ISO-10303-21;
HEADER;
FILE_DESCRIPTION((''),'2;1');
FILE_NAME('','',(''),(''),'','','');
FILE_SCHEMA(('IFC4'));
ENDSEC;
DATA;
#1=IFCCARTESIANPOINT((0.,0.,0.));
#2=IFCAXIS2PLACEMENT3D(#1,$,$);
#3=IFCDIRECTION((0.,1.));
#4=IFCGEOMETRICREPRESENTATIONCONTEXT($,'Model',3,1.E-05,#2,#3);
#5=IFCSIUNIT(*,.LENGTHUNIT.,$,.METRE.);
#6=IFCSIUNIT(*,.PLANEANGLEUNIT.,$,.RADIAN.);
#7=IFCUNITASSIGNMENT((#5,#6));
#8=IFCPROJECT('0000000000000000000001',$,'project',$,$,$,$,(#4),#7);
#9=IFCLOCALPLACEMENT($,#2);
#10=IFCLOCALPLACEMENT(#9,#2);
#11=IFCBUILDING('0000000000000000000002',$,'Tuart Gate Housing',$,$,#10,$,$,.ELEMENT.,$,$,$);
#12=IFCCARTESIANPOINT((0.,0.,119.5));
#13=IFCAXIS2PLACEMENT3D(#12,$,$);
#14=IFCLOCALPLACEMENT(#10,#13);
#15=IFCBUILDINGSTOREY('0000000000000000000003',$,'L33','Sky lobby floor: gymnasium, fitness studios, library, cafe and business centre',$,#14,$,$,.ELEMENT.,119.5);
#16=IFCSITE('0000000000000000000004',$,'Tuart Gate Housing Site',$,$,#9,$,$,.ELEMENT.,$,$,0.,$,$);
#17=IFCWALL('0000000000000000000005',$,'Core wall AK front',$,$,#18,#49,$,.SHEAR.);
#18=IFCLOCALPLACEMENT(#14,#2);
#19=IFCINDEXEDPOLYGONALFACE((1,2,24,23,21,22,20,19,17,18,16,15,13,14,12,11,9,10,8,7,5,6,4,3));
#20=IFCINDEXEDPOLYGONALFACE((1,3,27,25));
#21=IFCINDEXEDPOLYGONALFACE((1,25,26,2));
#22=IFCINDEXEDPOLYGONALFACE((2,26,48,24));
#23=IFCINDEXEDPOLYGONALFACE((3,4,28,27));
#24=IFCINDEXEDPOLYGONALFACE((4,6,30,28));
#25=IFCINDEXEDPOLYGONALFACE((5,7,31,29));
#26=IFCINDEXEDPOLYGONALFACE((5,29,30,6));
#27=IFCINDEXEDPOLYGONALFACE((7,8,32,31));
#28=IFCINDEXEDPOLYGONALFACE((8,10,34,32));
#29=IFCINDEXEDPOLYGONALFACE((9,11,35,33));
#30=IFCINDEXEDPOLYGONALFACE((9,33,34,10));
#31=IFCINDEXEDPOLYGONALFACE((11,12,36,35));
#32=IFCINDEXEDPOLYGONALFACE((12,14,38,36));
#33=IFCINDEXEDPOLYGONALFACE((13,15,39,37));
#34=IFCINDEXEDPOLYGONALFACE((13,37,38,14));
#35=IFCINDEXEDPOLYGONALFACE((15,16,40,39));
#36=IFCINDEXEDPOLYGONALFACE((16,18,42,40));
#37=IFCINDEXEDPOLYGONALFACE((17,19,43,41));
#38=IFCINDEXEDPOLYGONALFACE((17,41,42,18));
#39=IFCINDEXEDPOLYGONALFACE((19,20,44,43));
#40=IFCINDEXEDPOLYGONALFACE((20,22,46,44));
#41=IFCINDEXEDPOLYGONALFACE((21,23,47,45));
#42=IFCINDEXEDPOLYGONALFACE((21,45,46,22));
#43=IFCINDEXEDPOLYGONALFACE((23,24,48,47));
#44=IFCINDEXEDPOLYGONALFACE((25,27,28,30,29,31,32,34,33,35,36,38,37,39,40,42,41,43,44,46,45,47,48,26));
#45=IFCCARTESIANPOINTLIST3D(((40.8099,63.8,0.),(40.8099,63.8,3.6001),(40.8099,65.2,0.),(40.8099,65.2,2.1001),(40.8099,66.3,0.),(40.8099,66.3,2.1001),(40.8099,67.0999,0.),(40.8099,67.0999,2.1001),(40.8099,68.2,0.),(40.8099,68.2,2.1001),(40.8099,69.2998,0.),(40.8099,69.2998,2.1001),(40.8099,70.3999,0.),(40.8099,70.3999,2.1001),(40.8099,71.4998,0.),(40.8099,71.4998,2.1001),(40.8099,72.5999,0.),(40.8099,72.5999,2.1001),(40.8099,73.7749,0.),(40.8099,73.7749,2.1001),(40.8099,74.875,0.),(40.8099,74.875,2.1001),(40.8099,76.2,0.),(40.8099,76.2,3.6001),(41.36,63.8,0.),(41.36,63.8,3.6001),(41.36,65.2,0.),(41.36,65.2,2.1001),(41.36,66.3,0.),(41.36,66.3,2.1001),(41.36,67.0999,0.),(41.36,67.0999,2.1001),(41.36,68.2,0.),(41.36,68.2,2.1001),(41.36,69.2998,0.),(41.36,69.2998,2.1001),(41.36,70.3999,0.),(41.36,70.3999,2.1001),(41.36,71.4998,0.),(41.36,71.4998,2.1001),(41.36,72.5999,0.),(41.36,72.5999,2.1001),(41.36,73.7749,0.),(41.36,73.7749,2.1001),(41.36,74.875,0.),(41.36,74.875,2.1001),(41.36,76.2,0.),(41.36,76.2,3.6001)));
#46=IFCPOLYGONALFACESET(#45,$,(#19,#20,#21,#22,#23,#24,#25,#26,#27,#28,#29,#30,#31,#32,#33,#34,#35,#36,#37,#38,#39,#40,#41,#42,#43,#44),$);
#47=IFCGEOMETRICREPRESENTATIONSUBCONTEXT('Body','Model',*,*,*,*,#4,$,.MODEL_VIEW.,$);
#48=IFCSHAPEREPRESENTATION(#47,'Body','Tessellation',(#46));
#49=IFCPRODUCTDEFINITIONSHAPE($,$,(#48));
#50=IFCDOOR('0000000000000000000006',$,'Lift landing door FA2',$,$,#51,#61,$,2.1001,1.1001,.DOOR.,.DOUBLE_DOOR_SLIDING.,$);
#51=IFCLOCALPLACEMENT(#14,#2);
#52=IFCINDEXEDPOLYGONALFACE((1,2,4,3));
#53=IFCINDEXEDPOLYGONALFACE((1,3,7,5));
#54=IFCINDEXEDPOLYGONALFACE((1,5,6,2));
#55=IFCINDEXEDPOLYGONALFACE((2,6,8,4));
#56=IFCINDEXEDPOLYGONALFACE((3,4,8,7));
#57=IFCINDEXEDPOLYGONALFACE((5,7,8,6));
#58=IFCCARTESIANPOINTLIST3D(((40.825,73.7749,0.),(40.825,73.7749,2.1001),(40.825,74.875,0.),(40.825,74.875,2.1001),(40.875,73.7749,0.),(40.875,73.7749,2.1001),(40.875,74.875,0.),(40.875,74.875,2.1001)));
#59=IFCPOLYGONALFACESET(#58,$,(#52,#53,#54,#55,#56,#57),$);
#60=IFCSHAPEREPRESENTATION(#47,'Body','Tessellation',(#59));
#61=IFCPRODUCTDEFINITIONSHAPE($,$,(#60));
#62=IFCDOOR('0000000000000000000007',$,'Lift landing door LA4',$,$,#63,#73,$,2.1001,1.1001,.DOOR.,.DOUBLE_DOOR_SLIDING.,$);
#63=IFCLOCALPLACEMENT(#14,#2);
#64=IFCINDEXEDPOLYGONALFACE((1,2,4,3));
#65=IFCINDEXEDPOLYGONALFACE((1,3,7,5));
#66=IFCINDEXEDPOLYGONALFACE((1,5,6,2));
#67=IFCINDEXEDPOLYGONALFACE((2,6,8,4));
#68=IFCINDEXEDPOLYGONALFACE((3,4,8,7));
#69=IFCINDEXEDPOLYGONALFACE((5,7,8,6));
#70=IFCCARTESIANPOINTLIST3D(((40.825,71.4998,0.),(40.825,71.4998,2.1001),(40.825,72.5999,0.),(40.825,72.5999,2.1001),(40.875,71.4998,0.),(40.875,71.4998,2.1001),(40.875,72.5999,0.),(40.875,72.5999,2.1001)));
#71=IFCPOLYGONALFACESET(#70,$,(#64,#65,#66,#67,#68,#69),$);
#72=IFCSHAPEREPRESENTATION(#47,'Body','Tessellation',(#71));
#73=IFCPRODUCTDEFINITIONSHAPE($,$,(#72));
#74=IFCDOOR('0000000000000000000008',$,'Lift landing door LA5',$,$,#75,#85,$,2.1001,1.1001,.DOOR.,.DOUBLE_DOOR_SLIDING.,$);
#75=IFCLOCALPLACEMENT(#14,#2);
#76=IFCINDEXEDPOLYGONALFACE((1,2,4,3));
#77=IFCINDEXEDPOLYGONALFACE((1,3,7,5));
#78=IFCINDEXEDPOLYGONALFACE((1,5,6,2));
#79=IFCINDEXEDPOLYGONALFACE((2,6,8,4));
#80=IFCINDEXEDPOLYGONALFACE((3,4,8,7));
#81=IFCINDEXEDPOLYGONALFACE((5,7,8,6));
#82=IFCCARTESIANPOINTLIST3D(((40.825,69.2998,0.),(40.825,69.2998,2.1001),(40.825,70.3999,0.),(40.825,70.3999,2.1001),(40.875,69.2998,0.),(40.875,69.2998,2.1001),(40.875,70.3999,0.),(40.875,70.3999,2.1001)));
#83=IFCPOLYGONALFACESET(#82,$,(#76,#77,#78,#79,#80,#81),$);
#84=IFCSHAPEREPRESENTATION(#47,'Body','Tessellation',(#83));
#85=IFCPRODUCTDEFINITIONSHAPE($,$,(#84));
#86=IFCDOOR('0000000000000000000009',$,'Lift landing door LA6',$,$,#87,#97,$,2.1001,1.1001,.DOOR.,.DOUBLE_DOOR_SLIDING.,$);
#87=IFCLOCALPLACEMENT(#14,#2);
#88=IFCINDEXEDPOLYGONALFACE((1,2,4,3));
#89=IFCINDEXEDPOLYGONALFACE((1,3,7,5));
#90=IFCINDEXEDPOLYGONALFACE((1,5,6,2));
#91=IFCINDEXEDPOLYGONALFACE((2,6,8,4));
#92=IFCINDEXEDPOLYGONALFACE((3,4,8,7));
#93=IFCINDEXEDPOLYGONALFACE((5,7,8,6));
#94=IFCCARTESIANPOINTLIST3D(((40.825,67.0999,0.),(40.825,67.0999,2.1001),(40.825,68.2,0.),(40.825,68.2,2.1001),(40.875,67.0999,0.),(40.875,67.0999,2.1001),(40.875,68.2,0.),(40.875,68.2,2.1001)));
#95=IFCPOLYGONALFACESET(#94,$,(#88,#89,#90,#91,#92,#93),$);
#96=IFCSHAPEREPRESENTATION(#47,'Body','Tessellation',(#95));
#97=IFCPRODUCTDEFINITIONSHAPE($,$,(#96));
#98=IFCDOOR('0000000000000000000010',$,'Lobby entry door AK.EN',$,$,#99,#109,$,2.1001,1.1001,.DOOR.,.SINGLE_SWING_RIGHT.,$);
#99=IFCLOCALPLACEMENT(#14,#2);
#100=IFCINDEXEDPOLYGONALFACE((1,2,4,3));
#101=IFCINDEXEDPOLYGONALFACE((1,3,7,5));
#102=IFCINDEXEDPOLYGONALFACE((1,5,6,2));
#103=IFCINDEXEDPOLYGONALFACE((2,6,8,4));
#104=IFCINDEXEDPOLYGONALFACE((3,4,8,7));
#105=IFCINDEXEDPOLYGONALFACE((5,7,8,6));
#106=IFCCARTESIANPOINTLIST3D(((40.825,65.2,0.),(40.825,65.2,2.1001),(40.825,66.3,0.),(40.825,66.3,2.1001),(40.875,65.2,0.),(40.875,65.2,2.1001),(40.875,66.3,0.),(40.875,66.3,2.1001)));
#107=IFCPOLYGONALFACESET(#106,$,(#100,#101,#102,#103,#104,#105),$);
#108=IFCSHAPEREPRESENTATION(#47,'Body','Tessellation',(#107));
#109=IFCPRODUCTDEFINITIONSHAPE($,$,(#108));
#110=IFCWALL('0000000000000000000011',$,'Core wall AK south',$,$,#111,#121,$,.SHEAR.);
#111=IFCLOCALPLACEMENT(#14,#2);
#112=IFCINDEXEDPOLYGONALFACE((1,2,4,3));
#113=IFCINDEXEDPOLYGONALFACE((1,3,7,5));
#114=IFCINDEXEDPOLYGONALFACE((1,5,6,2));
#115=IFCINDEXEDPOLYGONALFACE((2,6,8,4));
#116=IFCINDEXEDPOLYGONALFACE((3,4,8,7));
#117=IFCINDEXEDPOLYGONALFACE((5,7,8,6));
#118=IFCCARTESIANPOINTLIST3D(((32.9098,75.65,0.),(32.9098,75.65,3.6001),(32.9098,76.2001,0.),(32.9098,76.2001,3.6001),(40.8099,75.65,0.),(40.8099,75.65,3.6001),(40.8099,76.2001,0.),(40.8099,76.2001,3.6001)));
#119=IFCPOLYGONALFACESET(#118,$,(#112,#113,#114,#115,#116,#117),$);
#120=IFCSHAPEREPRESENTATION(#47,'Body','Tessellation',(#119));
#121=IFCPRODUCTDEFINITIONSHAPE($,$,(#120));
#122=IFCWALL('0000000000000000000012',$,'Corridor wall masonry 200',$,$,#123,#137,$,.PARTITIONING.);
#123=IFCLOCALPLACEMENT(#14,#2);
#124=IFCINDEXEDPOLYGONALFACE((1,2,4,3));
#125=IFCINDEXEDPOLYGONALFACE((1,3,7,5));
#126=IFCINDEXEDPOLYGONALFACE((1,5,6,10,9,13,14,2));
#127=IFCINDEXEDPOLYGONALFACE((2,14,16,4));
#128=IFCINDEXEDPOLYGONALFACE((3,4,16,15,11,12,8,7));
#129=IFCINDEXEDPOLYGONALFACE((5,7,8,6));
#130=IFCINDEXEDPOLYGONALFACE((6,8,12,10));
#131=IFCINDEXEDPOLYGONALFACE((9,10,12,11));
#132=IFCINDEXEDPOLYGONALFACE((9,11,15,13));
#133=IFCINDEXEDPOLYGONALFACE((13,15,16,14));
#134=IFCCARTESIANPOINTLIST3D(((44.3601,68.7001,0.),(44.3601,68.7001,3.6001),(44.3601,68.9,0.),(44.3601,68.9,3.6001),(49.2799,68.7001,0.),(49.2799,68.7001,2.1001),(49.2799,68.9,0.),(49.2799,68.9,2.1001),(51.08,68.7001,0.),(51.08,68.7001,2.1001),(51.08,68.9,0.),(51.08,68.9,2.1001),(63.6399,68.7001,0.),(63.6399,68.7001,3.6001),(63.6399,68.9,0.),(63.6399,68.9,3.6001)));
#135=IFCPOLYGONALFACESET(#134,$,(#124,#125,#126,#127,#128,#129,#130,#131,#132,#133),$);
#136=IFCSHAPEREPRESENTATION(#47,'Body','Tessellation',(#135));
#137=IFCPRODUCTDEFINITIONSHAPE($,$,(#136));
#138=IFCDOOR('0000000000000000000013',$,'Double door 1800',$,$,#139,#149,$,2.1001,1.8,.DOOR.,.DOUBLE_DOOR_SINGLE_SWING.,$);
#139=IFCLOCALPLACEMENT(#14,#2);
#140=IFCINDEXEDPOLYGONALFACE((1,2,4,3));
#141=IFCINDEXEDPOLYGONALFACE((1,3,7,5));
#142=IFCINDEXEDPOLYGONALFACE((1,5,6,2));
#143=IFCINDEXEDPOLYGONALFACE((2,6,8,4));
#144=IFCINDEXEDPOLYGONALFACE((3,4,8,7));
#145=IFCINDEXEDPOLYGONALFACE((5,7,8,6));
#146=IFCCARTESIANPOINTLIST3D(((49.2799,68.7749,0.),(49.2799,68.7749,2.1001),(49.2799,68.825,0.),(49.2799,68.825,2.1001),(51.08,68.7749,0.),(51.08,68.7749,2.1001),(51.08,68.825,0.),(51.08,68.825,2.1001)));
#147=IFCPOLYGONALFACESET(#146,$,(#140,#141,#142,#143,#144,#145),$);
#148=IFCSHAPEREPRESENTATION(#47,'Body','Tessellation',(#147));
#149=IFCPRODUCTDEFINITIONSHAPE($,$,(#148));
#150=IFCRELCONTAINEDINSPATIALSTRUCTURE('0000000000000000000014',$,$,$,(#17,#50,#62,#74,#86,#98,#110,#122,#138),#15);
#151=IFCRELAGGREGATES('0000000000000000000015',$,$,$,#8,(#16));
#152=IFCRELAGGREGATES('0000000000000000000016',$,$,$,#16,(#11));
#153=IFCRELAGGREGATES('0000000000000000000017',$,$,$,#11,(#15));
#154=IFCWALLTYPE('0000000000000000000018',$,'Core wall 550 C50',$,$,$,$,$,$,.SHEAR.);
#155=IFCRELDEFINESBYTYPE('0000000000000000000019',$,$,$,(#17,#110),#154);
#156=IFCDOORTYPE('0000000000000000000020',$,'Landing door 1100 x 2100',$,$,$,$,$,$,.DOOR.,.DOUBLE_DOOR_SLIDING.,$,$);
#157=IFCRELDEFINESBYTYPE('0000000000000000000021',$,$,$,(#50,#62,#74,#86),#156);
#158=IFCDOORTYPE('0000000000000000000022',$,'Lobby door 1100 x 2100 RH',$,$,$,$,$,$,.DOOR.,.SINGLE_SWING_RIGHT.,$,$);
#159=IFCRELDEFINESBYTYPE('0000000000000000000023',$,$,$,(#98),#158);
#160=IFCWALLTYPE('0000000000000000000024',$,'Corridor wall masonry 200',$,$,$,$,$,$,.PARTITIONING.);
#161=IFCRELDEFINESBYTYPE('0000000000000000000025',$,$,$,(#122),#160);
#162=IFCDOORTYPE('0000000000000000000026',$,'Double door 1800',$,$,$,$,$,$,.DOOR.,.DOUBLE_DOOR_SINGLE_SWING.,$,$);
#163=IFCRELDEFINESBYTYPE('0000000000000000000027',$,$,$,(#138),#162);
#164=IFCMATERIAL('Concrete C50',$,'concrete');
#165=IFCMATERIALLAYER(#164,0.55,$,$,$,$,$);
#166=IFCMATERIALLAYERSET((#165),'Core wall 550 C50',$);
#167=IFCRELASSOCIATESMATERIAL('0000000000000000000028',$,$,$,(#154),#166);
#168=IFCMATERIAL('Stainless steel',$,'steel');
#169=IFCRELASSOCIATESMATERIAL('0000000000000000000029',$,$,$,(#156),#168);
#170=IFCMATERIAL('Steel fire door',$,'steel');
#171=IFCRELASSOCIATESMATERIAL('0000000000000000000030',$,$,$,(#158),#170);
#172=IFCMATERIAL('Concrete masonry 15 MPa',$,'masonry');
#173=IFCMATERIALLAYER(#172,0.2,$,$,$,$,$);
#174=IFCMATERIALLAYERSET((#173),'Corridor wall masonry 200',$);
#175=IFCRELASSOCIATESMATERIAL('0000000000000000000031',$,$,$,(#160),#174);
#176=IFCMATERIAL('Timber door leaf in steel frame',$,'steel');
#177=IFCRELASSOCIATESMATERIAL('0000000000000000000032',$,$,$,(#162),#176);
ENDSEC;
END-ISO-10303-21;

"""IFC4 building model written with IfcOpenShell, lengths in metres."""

from ifc_helpers import new_model, si_unit, direction, frame, frame_2d, origin, place, context, subcontext, project, spatial, rectangle, extrude, material, layer, layer_set, type_object, element, fill, save


model = new_model("IFC4")

# Units and contexts
model_context = context("Model", 3, precision=1e-05, world=origin(), true_north=direction((0.0, 1.0)))
body_context = subcontext(model_context, "Body", "Model", "MODEL_VIEW")
ifc_project = project(units=[si_unit("LENGTHUNIT", "METRE"), si_unit("PLANEANGLEUNIT", "RADIAN")], contexts=[model_context])

# Site, building, storey
site_placement = place(None, origin())
site = spatial("IfcSite", under=ifc_project, at=site_placement, Name="Tuart Gate Housing Site", CompositionType="ELEMENT", RefElevation=0.0)
building_placement = place(site_placement, origin())
building = spatial("IfcBuilding", under=site, at=building_placement, Name="Tuart Gate Housing", CompositionType="ELEMENT")
storey_placement = place(building_placement, frame((0.0, 0.0, 119.5)))
storey = spatial("IfcBuildingStorey", under=building, at=storey_placement, Name="L33", Description="Sky lobby floor: gymnasium, fitness studios, library, cafe and business centre", CompositionType="ELEMENT", Elevation=119.5)

# Wall, openings, doors
ifc_material_1 = material(Name="Concrete C50", Category="concrete")
ifc_layer_1 = layer(ifc_material_1, 0.55)
ifc_layer_set_1 = layer_set([ifc_layer_1], Name="Core wall 550 C50")
wall_type_1 = type_object("IfcWallType", Name="Core wall 550 C50", PredefinedType="SHEAR", material=ifc_layer_set_1)
wall_1_placement = place(storey_placement, frame((41.085, 76.2, 0.0), z_axis=(0.0, 0.0, 1.0), x_axis=(0.0, -1.0, 0.0)))
wall_1 = element("IfcWall", 1, at=wall_1_placement, inside=storey, type_object=wall_type_1, Name="Core wall AK front", PredefinedType="SHEAR", context=body_context, shape_type="SweptSolid", body=[
    extrude(rectangle(XDim=12.3999, YDim=0.55, at=frame_2d((6.2, 0.0))), origin(), (0.0, 0.0, 1.0), 3.6001),
])
opening_1_placement = place(wall_1_placement, frame((1.325, 0.0, 0.0)))
opening_1 = element("IfcOpeningElement", 2, at=opening_1_placement, cuts=wall_1, PredefinedType="OPENING", context=body_context, shape_type="SweptSolid", body=[
    extrude(rectangle(XDim=1.1001, YDim=2.1001, at=frame_2d((0.55, 1.05))), frame((0.0, 0.2849, 0.0), z_axis=(0.0, -1.0, 0.0), x_axis=(1.0, 0.0, 0.0)), (0.0, 0.0, 1.0), 0.5701),
])
opening_2_placement = place(wall_1_placement, frame((3.6001, 0.0, 0.0)))
opening_2 = element("IfcOpeningElement", 3, at=opening_2_placement, cuts=wall_1, PredefinedType="OPENING", context=body_context, shape_type="SweptSolid", body=[
    extrude(rectangle(XDim=1.1001, YDim=2.1001, at=frame_2d((0.55, 1.05))), frame((0.0, 0.2849, 0.0), z_axis=(0.0, -1.0, 0.0), x_axis=(1.0, 0.0, 0.0)), (0.0, 0.0, 1.0), 0.5701),
])
opening_3_placement = place(wall_1_placement, frame((5.8, 0.0, 0.0)))
opening_3 = element("IfcOpeningElement", 4, at=opening_3_placement, cuts=wall_1, PredefinedType="OPENING", context=body_context, shape_type="SweptSolid", body=[
    extrude(rectangle(XDim=1.1001, YDim=2.1001, at=frame_2d((0.55, 1.05))), frame((0.0, 0.2849, 0.0), z_axis=(0.0, -1.0, 0.0), x_axis=(1.0, 0.0, 0.0)), (0.0, 0.0, 1.0), 0.5701),
])
opening_4_placement = place(wall_1_placement, frame((8.0, 0.0, 0.0)))
opening_4 = element("IfcOpeningElement", 5, at=opening_4_placement, cuts=wall_1, PredefinedType="OPENING", context=body_context, shape_type="SweptSolid", body=[
    extrude(rectangle(XDim=1.1001, YDim=2.1001, at=frame_2d((0.55, 1.05))), frame((0.0, 0.2849, 0.0), z_axis=(0.0, -1.0, 0.0), x_axis=(1.0, 0.0, 0.0)), (0.0, 0.0, 1.0), 0.5701),
])
opening_5_placement = place(wall_1_placement, frame((9.8999, 0.0, 0.0)))
opening_5 = element("IfcOpeningElement", 6, at=opening_5_placement, cuts=wall_1, PredefinedType="OPENING", context=body_context, shape_type="SweptSolid", body=[
    extrude(rectangle(XDim=1.1001, YDim=2.1001, at=frame_2d((0.55, 1.05))), frame((0.0, 0.2849, 0.0), z_axis=(0.0, -1.0, 0.0), x_axis=(1.0, 0.0, 0.0)), (0.0, 0.0, 1.0), 0.5701),
])
ifc_material_2 = material(Name="Stainless steel", Category="steel")
door_type_1 = type_object("IfcDoorType", Name="Landing door 1100 x 2100", OperationType="DOUBLE_DOOR_SLIDING", PredefinedType="DOOR", material=ifc_material_2)
door_1_placement = place(opening_1_placement, origin())
door_1 = element("IfcDoor", 7, at=door_1_placement, inside=storey, type_object=door_type_1, Name="Lift landing door FA2", OperationType="DOUBLE_DOOR_SLIDING", OverallHeight=2.1001, OverallWidth=1.1001, PredefinedType="DOOR", context=body_context, shape_type="SweptSolid", body=[
    extrude(rectangle(XDim=1.1001, YDim=2.1001, at=frame_2d((0.55, 1.05))), frame((0.0, -0.21, 0.0), z_axis=(0.0, -1.0, 0.0), x_axis=(1.0, 0.0, 0.0)), (0.0, 0.0, 1.0), 0.05),
])
fill(opening_1, door_1)
door_2_placement = place(opening_2_placement, origin())
door_2 = element("IfcDoor", 8, at=door_2_placement, inside=storey, type_object=door_type_1, Name="Lift landing door LA4", OperationType="DOUBLE_DOOR_SLIDING", OverallHeight=2.1001, OverallWidth=1.1001, PredefinedType="DOOR", context=body_context, shape_type="SweptSolid", body=[
    extrude(rectangle(XDim=1.1001, YDim=2.1001, at=frame_2d((0.55, 1.05))), frame((0.0, -0.21, 0.0), z_axis=(0.0, -1.0, 0.0), x_axis=(1.0, 0.0, 0.0)), (0.0, 0.0, 1.0), 0.05),
])
fill(opening_2, door_2)
door_3_placement = place(opening_3_placement, origin())
door_3 = element("IfcDoor", 9, at=door_3_placement, inside=storey, type_object=door_type_1, Name="Lift landing door LA5", OperationType="DOUBLE_DOOR_SLIDING", OverallHeight=2.1001, OverallWidth=1.1001, PredefinedType="DOOR", context=body_context, shape_type="SweptSolid", body=[
    extrude(rectangle(XDim=1.1001, YDim=2.1001, at=frame_2d((0.55, 1.05))), frame((0.0, -0.21, 0.0), z_axis=(0.0, -1.0, 0.0), x_axis=(1.0, 0.0, 0.0)), (0.0, 0.0, 1.0), 0.05),
])
fill(opening_3, door_3)
door_4_placement = place(opening_4_placement, origin())
door_4 = element("IfcDoor", 10, at=door_4_placement, inside=storey, type_object=door_type_1, Name="Lift landing door LA6", OperationType="DOUBLE_DOOR_SLIDING", OverallHeight=2.1001, OverallWidth=1.1001, PredefinedType="DOOR", context=body_context, shape_type="SweptSolid", body=[
    extrude(rectangle(XDim=1.1001, YDim=2.1001, at=frame_2d((0.55, 1.05))), frame((0.0, -0.21, 0.0), z_axis=(0.0, -1.0, 0.0), x_axis=(1.0, 0.0, 0.0)), (0.0, 0.0, 1.0), 0.05),
])
fill(opening_4, door_4)
ifc_material_3 = material(Name="Steel fire door", Category="steel")
door_type_2 = type_object("IfcDoorType", Name="Lobby door 1100 x 2100 RH", OperationType="SINGLE_SWING_RIGHT", PredefinedType="DOOR", material=ifc_material_3)
door_5_placement = place(opening_5_placement, frame((1.1001, 0.0, 0.0), z_axis=(0.0, 0.0, 1.0), x_axis=(-1.0, 0.0, 0.0)))
door_5 = element("IfcDoor", 11, at=door_5_placement, inside=storey, type_object=door_type_2, Name="Lobby entry door AK.EN", OperationType="SINGLE_SWING_RIGHT", OverallHeight=2.1001, OverallWidth=1.1001, PredefinedType="DOOR", context=body_context, shape_type="SweptSolid", body=[
    extrude(rectangle(XDim=1.1001, YDim=2.1001, at=frame_2d((0.55, 1.05))), frame((0.0, 0.26, 0.0), z_axis=(0.0, -1.0, 0.0), x_axis=(1.0, 0.0, 0.0)), (0.0, 0.0, 1.0), 0.05),
])
fill(opening_5, door_5)

# Wall
wall_2_placement = place(storey_placement, frame((40.8101, 75.925, 0.0), z_axis=(0.0, 0.0, 1.0), x_axis=(-1.0, 0.0, 0.0)))
element("IfcWall", 12, at=wall_2_placement, inside=storey, type_object=wall_type_1, Name="Core wall AK south", PredefinedType="SHEAR", context=body_context, shape_type="SweptSolid", body=[
    extrude(rectangle(XDim=7.9001, YDim=0.55, at=frame_2d((3.9502, 0.0))), origin(), (0.0, 0.0, 1.0), 3.6001),
])

# Wall, opening, door
ifc_material_4 = material(Name="Concrete masonry 15 MPa", Category="masonry")
ifc_layer_2 = layer(ifc_material_4, 0.2)
ifc_layer_set_2 = layer_set([ifc_layer_2], Name="Corridor wall masonry 200")
wall_type_2 = type_object("IfcWallType", Name="Corridor wall masonry 200", PredefinedType="PARTITIONING", material=ifc_layer_set_2)
wall_3_placement = place(storey_placement, frame((44.3601, 68.8, 0.0), z_axis=(0.0, 0.0, 1.0), x_axis=(1.0, 0.0, 0.0)))
wall_3 = element("IfcWall", 13, at=wall_3_placement, inside=storey, type_object=wall_type_2, Name="Corridor wall masonry 200", PredefinedType="PARTITIONING", context=body_context, shape_type="SweptSolid", body=[
    extrude(rectangle(XDim=19.2798, YDim=0.2, at=frame_2d((9.6399, 0.0))), origin(), (0.0, 0.0, 1.0), 3.6001),
])
opening_6_placement = place(wall_3_placement, frame((4.9199, 0.0, 0.0)))
opening_6 = element("IfcOpeningElement", 14, at=opening_6_placement, cuts=wall_3, PredefinedType="OPENING", context=body_context, shape_type="SweptSolid", body=[
    extrude(rectangle(XDim=1.8, YDim=2.1001, at=frame_2d((0.8999, 1.05))), frame((0.0, 0.1099, 0.0), z_axis=(0.0, -1.0, 0.0), x_axis=(1.0, 0.0, 0.0)), (0.0, 0.0, 1.0), 0.22),
])
ifc_material_5 = material(Name="Timber door leaf in steel frame", Category="steel")
door_type_3 = type_object("IfcDoorType", Name="Double door 1800", OperationType="DOUBLE_DOOR_SINGLE_SWING", PredefinedType="DOOR", material=ifc_material_5)
door_6_placement = place(opening_6_placement, frame((1.8, 0.0, 0.0), z_axis=(0.0, 0.0, 1.0), x_axis=(-1.0, 0.0, 0.0)))
door_6 = element("IfcDoor", 15, at=door_6_placement, inside=storey, type_object=door_type_3, Name="Double door 1800", OperationType="DOUBLE_DOOR_SINGLE_SWING", OverallHeight=2.1001, OverallWidth=1.8, PredefinedType="DOOR", context=body_context, shape_type="SweptSolid", body=[
    extrude(rectangle(XDim=1.8, YDim=2.1001, at=frame_2d((0.9001, 1.05))), frame((0.0, 0.0251, 0.0), z_axis=(0.0, -1.0, 0.0), x_axis=(1.0, 0.0, 0.0)), (0.0, 0.0, 1.0), 0.05),
])
fill(opening_6, door_6)

save(model, "model.ifc")
